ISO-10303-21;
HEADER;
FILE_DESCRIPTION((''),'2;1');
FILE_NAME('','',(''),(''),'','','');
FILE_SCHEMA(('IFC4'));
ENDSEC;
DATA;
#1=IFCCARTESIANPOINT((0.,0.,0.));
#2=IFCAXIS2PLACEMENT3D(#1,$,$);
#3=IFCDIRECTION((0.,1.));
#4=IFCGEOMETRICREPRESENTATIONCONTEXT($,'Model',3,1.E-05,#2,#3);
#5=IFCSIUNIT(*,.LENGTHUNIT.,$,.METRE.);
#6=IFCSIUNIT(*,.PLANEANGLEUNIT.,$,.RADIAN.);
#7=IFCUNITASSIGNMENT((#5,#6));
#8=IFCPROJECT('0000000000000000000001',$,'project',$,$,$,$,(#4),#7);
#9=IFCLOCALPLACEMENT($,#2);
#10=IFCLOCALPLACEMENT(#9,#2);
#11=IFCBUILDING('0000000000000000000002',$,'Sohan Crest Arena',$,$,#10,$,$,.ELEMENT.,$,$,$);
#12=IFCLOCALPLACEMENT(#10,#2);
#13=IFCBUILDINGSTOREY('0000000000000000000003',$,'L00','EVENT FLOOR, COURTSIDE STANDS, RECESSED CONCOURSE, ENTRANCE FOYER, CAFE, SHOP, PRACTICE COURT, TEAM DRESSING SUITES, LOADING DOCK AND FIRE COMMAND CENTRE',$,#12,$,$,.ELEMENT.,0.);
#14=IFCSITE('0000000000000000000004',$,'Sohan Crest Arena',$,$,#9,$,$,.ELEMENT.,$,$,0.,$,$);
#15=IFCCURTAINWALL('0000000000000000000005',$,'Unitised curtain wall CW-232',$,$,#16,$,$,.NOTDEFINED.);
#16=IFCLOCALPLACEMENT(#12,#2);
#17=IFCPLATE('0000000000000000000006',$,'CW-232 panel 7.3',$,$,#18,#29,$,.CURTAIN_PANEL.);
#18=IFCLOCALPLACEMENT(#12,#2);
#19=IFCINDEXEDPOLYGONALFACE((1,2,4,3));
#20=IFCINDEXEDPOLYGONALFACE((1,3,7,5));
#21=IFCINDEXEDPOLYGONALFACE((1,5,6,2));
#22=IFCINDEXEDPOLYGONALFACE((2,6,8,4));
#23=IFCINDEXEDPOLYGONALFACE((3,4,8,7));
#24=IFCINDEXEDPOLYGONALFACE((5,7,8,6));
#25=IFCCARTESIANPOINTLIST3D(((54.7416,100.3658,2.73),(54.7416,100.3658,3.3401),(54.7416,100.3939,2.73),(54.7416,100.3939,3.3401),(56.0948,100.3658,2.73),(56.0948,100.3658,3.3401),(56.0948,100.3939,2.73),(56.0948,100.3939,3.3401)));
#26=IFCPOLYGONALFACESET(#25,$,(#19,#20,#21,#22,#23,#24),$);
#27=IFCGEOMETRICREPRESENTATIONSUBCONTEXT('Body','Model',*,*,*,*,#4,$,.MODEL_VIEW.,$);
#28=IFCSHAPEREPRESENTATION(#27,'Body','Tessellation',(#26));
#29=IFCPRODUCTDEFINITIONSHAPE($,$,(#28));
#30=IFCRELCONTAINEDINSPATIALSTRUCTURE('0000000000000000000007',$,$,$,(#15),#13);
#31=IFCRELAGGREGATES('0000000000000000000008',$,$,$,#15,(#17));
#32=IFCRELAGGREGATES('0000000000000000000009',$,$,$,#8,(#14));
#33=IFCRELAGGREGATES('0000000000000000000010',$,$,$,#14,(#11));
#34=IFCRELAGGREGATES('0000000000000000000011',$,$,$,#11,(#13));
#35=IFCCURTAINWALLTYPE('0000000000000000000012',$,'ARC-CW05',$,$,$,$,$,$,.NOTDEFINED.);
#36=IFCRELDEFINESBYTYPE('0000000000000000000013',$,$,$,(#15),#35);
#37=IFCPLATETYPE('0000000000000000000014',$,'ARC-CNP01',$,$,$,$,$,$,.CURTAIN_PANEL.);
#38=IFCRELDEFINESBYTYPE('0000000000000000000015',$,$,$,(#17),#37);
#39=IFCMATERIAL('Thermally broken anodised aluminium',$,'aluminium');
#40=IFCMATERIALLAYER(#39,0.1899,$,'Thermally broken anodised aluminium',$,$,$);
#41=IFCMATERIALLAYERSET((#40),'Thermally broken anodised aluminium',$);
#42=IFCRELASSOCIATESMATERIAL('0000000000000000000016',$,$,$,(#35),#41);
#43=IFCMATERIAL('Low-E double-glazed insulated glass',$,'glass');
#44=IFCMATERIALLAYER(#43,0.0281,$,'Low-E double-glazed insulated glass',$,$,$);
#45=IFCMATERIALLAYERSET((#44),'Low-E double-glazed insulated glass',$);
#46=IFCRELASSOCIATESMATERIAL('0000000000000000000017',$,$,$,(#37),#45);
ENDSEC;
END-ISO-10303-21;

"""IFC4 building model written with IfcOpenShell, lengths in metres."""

from ifc_helpers import new_model, si_unit, direction, frame, origin, origin_2d, place, context, subcontext, project, spatial, rectangle, extrude, material, layer, layer_set, type_object, element, aggregate, save


model = new_model("IFC4")

# Units and contexts
model_context = context("Model", 3, precision=1e-05, world=origin(), true_north=direction((0.0, 1.0)))
body_context = subcontext(model_context, "Body", "Model", "MODEL_VIEW")
ifc_project = project(units=[si_unit("LENGTHUNIT", "METRE"), si_unit("PLANEANGLEUNIT", "RADIAN")], contexts=[model_context])

# Site, building, storey
site_placement = place(None, origin())
site = spatial("IfcSite", under=ifc_project, at=site_placement, Name="Sohan Crest Arena", CompositionType="ELEMENT", RefElevation=0.0)
building_placement = place(site_placement, origin())
building = spatial("IfcBuilding", under=site, at=building_placement, Name="Sohan Crest Arena", CompositionType="ELEMENT")
storey_placement = place(building_placement, origin())
storey = spatial("IfcBuildingStorey", under=building, at=storey_placement, Name="L00", Description="EVENT FLOOR, COURTSIDE STANDS, RECESSED CONCOURSE, ENTRANCE FOYER, CAFE, SHOP, PRACTICE COURT, TEAM DRESSING SUITES, LOADING DOCK AND FIRE COMMAND CENTRE", CompositionType="ELEMENT", Elevation=0.0)

# Shared definitions
ifc_material_1 = material(Name="Thermally broken anodised aluminium", Category="aluminium")
ifc_layer_1 = layer(ifc_material_1, 0.1899, Name="Thermally broken anodised aluminium")
ifc_layer_set_1 = layer_set([ifc_layer_1], Name="Thermally broken anodised aluminium")
curtain_wall_type = type_object("IfcCurtainWallType", Name="ARC-CW05", PredefinedType="NOTDEFINED", material=ifc_layer_set_1)

# Curtain wall
curtain_wall_1_placement = place(storey_placement, origin())
curtain_wall_1 = element("IfcCurtainWall", 1, at=curtain_wall_1_placement, inside=storey, type_object=curtain_wall_type, Name="Unitised curtain wall CW-232", PredefinedType="NOTDEFINED")

# Plate
ifc_material_2 = material(Name="Low-E double-glazed insulated glass", Category="glass")
ifc_layer_2 = layer(ifc_material_2, 0.0281, Name="Low-E double-glazed insulated glass")
ifc_layer_set_2 = layer_set([ifc_layer_2], Name="Low-E double-glazed insulated glass")
plate_type = type_object("IfcPlateType", Name="ARC-CNP01", PredefinedType="CURTAIN_PANEL", material=ifc_layer_set_2)
plate_1_placement = place(storey_placement, frame((55.4182, 100.3799, 2.73), z_axis=(0.0, 0.0, 1.0), x_axis=(1.0, 0.0, 0.0)))
plate_1 = element("IfcPlate", 2, at=plate_1_placement, type_object=plate_type, Name="CW-232 panel 7.3", PredefinedType="CURTAIN_PANEL", context=body_context, shape_type="SweptSolid", body=[
    extrude(rectangle(XDim=1.3533, YDim=0.0281, at=origin_2d()), origin(), (0.0, 0.0, 1.0), 0.6101),
])
aggregate(curtain_wall_1, [plate_1])

save(model, "model.ifc")
